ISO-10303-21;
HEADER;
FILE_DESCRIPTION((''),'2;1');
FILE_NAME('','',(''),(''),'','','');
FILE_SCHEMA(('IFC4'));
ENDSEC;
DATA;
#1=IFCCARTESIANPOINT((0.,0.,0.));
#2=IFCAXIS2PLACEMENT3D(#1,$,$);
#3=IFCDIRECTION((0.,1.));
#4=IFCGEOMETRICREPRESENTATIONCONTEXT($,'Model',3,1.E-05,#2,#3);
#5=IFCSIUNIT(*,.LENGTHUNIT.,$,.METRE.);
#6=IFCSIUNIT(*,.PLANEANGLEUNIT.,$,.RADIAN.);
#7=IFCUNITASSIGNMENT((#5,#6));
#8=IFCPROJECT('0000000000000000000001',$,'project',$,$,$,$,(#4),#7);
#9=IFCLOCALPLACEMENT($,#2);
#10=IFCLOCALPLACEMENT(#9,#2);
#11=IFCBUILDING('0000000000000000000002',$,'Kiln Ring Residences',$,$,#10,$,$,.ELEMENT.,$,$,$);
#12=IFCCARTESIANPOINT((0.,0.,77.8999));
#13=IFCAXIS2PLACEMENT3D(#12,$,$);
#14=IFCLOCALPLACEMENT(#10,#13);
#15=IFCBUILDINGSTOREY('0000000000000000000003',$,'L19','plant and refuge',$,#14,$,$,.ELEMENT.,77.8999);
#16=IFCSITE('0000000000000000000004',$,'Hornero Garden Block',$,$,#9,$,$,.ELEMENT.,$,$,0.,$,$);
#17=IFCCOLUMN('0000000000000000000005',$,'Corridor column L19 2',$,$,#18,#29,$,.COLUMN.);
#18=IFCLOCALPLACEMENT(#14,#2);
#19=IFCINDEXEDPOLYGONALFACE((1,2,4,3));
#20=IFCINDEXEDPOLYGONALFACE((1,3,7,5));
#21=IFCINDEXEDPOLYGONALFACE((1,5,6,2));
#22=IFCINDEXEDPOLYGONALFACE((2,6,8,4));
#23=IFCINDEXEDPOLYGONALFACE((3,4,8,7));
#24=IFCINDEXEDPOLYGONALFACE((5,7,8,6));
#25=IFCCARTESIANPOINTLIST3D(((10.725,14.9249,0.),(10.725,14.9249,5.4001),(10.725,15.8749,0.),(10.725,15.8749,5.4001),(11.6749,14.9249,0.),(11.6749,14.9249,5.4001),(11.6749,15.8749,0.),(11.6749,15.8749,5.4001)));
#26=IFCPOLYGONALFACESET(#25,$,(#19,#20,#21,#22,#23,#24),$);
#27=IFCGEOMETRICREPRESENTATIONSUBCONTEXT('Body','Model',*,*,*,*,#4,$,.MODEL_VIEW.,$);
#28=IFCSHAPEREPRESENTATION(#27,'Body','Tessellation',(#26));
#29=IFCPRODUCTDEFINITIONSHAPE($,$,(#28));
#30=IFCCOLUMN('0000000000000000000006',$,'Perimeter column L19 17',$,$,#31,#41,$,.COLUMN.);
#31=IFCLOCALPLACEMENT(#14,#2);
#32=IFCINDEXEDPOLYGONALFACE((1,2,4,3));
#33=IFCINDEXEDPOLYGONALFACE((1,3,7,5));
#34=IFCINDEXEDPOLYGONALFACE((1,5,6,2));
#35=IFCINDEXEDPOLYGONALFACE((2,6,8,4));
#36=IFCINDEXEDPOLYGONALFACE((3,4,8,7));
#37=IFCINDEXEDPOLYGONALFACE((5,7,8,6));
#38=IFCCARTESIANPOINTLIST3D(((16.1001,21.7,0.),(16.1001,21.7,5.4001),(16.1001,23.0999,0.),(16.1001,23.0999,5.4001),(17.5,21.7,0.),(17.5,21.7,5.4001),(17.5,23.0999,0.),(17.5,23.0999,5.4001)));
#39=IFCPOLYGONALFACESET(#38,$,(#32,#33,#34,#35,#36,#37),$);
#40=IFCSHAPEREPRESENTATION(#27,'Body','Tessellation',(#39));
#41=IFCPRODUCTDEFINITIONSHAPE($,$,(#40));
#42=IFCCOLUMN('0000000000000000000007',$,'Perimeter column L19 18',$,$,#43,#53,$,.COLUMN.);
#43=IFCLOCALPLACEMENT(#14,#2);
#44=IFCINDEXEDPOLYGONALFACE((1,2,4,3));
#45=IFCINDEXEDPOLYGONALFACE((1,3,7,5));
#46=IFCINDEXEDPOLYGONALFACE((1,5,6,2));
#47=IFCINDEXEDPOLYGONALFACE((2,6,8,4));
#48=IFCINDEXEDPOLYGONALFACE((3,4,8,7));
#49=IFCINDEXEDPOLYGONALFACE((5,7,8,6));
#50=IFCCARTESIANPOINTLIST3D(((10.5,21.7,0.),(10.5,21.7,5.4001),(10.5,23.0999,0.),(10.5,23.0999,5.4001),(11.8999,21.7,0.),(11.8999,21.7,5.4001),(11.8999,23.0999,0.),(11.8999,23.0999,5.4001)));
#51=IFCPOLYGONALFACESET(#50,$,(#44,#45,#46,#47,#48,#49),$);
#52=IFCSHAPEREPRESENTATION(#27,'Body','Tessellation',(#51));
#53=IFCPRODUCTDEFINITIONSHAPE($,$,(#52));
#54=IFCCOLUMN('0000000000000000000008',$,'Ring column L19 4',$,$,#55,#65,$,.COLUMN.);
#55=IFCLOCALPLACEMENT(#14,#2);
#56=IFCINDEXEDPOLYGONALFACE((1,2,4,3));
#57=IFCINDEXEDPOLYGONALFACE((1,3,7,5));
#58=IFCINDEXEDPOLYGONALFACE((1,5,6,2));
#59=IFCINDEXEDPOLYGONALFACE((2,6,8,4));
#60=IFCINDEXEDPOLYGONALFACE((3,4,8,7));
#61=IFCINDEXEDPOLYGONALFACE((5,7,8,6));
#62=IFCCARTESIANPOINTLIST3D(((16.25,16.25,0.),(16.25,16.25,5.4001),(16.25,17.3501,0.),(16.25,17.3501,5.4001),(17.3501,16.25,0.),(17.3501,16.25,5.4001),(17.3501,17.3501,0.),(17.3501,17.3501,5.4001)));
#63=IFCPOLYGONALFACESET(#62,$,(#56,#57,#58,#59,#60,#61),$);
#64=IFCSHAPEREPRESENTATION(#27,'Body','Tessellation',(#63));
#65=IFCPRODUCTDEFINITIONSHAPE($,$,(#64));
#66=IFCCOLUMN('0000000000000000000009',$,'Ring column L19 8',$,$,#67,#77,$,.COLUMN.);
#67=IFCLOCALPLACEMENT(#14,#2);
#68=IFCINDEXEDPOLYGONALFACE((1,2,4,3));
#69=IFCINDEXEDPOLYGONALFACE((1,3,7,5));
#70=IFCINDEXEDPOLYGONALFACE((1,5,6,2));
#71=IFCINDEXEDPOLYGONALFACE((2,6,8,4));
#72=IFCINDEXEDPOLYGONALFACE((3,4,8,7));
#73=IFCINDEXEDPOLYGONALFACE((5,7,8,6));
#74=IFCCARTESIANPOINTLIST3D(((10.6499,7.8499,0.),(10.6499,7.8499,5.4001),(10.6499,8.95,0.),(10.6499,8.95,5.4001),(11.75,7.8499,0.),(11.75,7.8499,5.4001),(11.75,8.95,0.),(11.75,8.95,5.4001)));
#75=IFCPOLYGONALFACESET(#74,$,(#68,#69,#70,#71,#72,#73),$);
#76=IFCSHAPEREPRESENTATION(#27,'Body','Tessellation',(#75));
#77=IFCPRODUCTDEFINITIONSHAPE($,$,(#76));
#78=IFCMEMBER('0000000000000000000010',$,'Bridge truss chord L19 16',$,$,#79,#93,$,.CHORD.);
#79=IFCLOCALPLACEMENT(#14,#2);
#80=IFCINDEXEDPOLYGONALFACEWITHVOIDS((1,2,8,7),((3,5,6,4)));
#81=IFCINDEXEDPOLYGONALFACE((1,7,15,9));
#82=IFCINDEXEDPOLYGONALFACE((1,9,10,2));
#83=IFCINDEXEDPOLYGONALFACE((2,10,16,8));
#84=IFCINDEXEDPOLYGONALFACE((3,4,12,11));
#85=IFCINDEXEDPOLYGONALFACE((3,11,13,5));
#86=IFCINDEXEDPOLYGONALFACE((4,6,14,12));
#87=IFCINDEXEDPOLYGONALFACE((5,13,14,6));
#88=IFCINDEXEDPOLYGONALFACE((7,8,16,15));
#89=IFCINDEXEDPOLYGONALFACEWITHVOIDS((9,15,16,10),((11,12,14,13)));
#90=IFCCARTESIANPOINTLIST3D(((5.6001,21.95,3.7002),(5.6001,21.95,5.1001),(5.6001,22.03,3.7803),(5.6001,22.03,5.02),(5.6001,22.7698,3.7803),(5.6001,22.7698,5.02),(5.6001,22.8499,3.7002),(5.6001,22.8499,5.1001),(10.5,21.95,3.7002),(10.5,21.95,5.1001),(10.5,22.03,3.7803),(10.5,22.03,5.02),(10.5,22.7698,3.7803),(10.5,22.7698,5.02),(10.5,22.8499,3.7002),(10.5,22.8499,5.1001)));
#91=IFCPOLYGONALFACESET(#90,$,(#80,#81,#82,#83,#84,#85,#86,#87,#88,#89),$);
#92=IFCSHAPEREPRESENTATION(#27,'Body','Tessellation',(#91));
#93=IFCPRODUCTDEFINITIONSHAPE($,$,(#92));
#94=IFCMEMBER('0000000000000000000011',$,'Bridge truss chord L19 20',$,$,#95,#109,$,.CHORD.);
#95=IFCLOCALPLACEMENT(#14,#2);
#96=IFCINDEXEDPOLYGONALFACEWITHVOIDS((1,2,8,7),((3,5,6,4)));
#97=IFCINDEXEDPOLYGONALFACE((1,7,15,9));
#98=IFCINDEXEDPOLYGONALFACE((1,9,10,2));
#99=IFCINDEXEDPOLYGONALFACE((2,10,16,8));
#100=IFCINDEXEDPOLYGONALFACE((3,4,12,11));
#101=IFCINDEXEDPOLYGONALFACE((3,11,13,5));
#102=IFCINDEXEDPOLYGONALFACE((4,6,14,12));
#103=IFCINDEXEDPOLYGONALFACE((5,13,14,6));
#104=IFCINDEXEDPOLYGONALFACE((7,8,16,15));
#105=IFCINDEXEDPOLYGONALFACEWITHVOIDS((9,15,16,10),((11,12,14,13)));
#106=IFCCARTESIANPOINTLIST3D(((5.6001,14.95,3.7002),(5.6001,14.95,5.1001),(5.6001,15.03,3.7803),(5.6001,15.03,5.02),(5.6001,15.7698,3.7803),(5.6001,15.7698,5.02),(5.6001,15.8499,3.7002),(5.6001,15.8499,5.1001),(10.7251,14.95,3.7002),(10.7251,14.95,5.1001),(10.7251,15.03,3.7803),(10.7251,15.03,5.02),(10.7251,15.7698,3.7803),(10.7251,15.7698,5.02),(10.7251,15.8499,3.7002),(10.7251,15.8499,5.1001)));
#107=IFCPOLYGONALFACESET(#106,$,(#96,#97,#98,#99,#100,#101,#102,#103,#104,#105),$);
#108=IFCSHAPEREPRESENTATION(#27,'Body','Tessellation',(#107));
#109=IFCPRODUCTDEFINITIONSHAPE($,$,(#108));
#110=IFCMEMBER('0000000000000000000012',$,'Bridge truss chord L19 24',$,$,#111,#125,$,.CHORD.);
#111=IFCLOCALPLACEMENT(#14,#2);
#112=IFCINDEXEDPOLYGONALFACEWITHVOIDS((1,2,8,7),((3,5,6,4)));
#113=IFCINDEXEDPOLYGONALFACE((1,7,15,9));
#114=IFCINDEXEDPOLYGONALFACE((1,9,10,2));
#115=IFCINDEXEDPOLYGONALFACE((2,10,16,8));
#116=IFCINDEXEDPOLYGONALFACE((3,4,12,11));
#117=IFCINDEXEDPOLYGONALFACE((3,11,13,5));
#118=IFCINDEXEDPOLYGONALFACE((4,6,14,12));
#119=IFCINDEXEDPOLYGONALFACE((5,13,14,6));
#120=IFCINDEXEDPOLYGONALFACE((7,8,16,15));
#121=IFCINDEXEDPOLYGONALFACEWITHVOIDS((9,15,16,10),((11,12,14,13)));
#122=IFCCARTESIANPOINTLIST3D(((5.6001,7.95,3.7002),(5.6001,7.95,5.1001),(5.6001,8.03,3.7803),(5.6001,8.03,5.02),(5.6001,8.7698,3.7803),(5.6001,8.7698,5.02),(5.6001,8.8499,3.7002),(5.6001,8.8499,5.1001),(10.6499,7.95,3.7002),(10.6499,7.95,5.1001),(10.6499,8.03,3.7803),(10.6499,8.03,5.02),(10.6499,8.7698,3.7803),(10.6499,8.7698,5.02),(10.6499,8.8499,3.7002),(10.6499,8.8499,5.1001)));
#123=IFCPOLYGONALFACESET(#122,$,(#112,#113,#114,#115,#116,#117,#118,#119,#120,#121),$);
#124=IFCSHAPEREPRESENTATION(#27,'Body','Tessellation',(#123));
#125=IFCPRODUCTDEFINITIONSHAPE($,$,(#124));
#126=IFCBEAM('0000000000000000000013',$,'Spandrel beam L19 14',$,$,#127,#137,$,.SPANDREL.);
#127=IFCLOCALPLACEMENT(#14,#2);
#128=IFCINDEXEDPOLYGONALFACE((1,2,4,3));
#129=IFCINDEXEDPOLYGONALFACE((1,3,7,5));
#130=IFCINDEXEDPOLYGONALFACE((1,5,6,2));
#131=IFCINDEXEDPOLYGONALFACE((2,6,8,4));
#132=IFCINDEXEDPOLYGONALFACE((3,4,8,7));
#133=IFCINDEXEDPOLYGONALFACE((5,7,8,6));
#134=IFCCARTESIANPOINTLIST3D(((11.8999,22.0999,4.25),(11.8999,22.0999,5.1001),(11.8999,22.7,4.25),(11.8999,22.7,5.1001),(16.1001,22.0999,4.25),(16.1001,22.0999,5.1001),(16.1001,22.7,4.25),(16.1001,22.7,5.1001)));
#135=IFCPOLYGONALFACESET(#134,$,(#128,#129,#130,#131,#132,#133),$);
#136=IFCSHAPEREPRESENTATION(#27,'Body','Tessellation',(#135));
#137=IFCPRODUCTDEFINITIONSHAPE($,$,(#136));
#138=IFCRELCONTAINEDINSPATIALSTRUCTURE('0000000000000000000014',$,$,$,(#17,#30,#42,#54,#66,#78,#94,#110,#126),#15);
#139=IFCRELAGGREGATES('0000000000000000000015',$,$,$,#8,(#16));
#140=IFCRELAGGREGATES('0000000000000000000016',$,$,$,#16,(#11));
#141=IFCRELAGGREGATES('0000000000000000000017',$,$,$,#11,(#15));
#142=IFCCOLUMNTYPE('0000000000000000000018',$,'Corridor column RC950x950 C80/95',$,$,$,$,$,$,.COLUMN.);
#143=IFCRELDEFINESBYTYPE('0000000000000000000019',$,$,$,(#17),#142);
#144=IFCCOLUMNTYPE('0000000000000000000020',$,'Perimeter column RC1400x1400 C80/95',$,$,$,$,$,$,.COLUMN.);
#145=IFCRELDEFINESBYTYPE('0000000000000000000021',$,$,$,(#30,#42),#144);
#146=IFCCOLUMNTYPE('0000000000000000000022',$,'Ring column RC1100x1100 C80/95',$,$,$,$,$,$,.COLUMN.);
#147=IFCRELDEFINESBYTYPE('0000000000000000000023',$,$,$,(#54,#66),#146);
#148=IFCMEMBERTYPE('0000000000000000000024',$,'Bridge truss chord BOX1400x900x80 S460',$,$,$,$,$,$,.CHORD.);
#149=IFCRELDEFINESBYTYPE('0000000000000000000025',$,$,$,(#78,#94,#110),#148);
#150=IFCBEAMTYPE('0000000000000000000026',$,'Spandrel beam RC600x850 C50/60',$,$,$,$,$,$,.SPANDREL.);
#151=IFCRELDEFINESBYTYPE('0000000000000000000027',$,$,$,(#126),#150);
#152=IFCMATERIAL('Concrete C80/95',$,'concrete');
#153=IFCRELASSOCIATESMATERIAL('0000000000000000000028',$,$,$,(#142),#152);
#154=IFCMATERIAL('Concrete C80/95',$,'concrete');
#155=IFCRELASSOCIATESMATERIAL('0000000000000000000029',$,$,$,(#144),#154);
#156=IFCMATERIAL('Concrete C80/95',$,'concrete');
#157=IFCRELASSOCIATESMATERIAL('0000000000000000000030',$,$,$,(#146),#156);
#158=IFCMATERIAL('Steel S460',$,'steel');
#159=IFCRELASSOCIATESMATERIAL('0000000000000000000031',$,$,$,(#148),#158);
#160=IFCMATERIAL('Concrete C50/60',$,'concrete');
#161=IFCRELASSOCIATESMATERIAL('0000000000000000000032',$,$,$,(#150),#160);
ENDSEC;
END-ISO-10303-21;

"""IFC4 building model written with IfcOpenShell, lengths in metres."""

from ifc_helpers import new_model, si_unit, direction, frame, origin, origin_2d, place, context, subcontext, project, spatial, rectangle, hollow_rectangle, extrude, material, material_profile, profile_set, type_object, element, save


model = new_model("IFC4")

# Units and contexts
model_context = context("Model", 3, precision=1e-05, world=origin(), true_north=direction((0.0, 1.0)))
body_context = subcontext(model_context, "Body", "Model", "MODEL_VIEW")
ifc_project = project(units=[si_unit("LENGTHUNIT", "METRE"), si_unit("PLANEANGLEUNIT", "RADIAN")], contexts=[model_context])

# Site, building, storey
site_placement = place(None, origin())
site = spatial("IfcSite", under=ifc_project, at=site_placement, Name="Hornero Garden Block", CompositionType="ELEMENT", RefElevation=0.0)
building_placement = place(site_placement, origin())
building = spatial("IfcBuilding", under=site, at=building_placement, Name="Kiln Ring Residences", CompositionType="ELEMENT")
storey_placement = place(building_placement, frame((0.0, 0.0, 77.8999)))
storey = spatial("IfcBuildingStorey", under=building, at=storey_placement, Name="L19", Description="plant and refuge", CompositionType="ELEMENT", Elevation=77.8999)

# Columns
ifc_material_1 = material(Name="Concrete C80/95", Category="concrete")
ifc_material_profile_1 = material_profile(ifc_material_1, rectangle(XDim=0.95, YDim=0.95, at=origin_2d()), Name="RC950x950")
ifc_profile_set_1 = profile_set([ifc_material_profile_1], Name="Concrete C80/95")
column_type_1 = type_object("IfcColumnType", Name="Corridor column RC950x950 C80/95", PredefinedType="COLUMN", material=ifc_profile_set_1)
column_placement = place(storey_placement, frame((11.2, 15.3999, 0.0), z_axis=(0.0, 0.0, 1.0), x_axis=(1.0, 0.0, 0.0)))
element("IfcColumn", 1, at=column_placement, inside=storey, type_object=column_type_1, Name="Corridor column L19 2", PredefinedType="COLUMN", context=body_context, shape_type="SweptSolid", body=[
    extrude(rectangle(XDim=0.95, YDim=0.95, at=origin_2d()), origin(), (0.0, 0.0, 1.0), 5.4001),
])
ifc_material_2 = material(Name="Concrete C80/95", Category="concrete")
ifc_material_profile_2 = material_profile(ifc_material_2, rectangle(XDim=1.3999, YDim=1.3999, at=origin_2d()), Name="RC1400x1400")
ifc_profile_set_2 = profile_set([ifc_material_profile_2], Name="Concrete C80/95")
column_type_2 = type_object("IfcColumnType", Name="Perimeter column RC1400x1400 C80/95", PredefinedType="COLUMN", material=ifc_profile_set_2)
for number, where, z_axis, x_axis, name in (
    (2, (16.8, 22.3999, 0.0), (0.0, 0.0, 1.0), (1.0, 0.0, 0.0), "Perimeter column L19 17"),
    (3, (11.2, 22.3999, 0.0), (0.0, 0.0, 1.0), (1.0, 0.0, 0.0), "Perimeter column L19 18"),
):
    element("IfcColumn", number, at=place(storey_placement, frame(where, z_axis=z_axis, x_axis=x_axis)), inside=storey, type_object=column_type_2, Name=name, PredefinedType="COLUMN", context=body_context, shape_type="SweptSolid", body=[
        extrude(rectangle(XDim=1.3999, YDim=1.3999, at=origin_2d()), origin(), (0.0, 0.0, 1.0), 5.4001),
    ])
ifc_material_3 = material(Name="Concrete C80/95", Category="concrete")
ifc_material_profile_3 = material_profile(ifc_material_3, rectangle(XDim=1.1001, YDim=1.1001, at=origin_2d()), Name="RC1100x1100")
ifc_profile_set_3 = profile_set([ifc_material_profile_3], Name="Concrete C80/95")
column_type_3 = type_object("IfcColumnType", Name="Ring column RC1100x1100 C80/95", PredefinedType="COLUMN", material=ifc_profile_set_3)
for number, where, z_axis, x_axis, name in (
    (4, (16.8, 16.8, 0.0), (0.0, 0.0, 1.0), (1.0, 0.0, 0.0), "Ring column L19 4"),
    (5, (11.2, 8.3999, 0.0), (0.0, 0.0, 1.0), (1.0, 0.0, 0.0), "Ring column L19 8"),
):
    element("IfcColumn", number, at=place(storey_placement, frame(where, z_axis=z_axis, x_axis=x_axis)), inside=storey, type_object=column_type_3, Name=name, PredefinedType="COLUMN", context=body_context, shape_type="SweptSolid", body=[
        extrude(rectangle(XDim=1.1001, YDim=1.1001, at=origin_2d()), origin(), (0.0, 0.0, 1.0), 5.4001),
    ])

# Members
ifc_material_4 = material(Name="Steel S460", Category="steel")
ifc_material_profile_4 = material_profile(ifc_material_4, hollow_rectangle(XDim=0.8999, YDim=1.3999, WallThickness=0.0801, at=origin_2d()), Name="BOX1400x900x80")
ifc_profile_set_4 = profile_set([ifc_material_profile_4], Name="Steel S460")
member_type = type_object("IfcMemberType", Name="Bridge truss chord BOX1400x900x80 S460", PredefinedType="CHORD", material=ifc_profile_set_4)
member_1_placement = place(storey_placement, frame((5.6001, 22.3999, 4.4001), z_axis=(1.0, 0.0, 0.0), x_axis=(0.0, 1.0, 0.0)))
element("IfcMember", 6, at=member_1_placement, inside=storey, type_object=member_type, Name="Bridge truss chord L19 16", PredefinedType="CHORD", context=body_context, shape_type="SweptSolid", body=[
    extrude(hollow_rectangle(XDim=0.8999, YDim=1.3999, WallThickness=0.0801, at=origin_2d()), origin(), (0.0, 0.0, 1.0), 4.8999),
])
member_2_placement = place(storey_placement, frame((5.6001, 15.3999, 4.4001), z_axis=(1.0, 0.0, 0.0), x_axis=(0.0, 1.0, 0.0)))
element("IfcMember", 7, at=member_2_placement, inside=storey, type_object=member_type, Name="Bridge truss chord L19 20", PredefinedType="CHORD", context=body_context, shape_type="SweptSolid", body=[
    extrude(hollow_rectangle(XDim=0.8999, YDim=1.3999, WallThickness=0.0801, at=origin_2d()), origin(), (0.0, 0.0, 1.0), 5.125),
])
member_3_placement = place(storey_placement, frame((5.6001, 8.3999, 4.4001), z_axis=(1.0, 0.0, 0.0), x_axis=(0.0, 1.0, 0.0)))
element("IfcMember", 8, at=member_3_placement, inside=storey, type_object=member_type, Name="Bridge truss chord L19 24", PredefinedType="CHORD", context=body_context, shape_type="SweptSolid", body=[
    extrude(hollow_rectangle(XDim=0.8999, YDim=1.3999, WallThickness=0.0801, at=origin_2d()), origin(), (0.0, 0.0, 1.0), 5.0498),
])

# Beam
ifc_material_5 = material(Name="Concrete C50/60", Category="concrete")
ifc_material_profile_5 = material_profile(ifc_material_5, rectangle(XDim=0.6001, YDim=0.8501, at=origin_2d()), Name="RC600x850")
ifc_profile_set_5 = profile_set([ifc_material_profile_5], Name="Concrete C50/60")
beam_type = type_object("IfcBeamType", Name="Spandrel beam RC600x850 C50/60", PredefinedType="SPANDREL", material=ifc_profile_set_5)
beam_placement = place(storey_placement, frame((16.1001, 22.3999, 4.675), z_axis=(-1.0, 0.0, 0.0), x_axis=(0.0, -1.0, 0.0)))
element("IfcBeam", 9, at=beam_placement, inside=storey, type_object=beam_type, Name="Spandrel beam L19 14", PredefinedType="SPANDREL", context=body_context, shape_type="SweptSolid", body=[
    extrude(rectangle(XDim=0.6001, YDim=0.8501, at=origin_2d()), origin(), (0.0, 0.0, 1.0), 4.2002),
])

save(model, "model.ifc")
